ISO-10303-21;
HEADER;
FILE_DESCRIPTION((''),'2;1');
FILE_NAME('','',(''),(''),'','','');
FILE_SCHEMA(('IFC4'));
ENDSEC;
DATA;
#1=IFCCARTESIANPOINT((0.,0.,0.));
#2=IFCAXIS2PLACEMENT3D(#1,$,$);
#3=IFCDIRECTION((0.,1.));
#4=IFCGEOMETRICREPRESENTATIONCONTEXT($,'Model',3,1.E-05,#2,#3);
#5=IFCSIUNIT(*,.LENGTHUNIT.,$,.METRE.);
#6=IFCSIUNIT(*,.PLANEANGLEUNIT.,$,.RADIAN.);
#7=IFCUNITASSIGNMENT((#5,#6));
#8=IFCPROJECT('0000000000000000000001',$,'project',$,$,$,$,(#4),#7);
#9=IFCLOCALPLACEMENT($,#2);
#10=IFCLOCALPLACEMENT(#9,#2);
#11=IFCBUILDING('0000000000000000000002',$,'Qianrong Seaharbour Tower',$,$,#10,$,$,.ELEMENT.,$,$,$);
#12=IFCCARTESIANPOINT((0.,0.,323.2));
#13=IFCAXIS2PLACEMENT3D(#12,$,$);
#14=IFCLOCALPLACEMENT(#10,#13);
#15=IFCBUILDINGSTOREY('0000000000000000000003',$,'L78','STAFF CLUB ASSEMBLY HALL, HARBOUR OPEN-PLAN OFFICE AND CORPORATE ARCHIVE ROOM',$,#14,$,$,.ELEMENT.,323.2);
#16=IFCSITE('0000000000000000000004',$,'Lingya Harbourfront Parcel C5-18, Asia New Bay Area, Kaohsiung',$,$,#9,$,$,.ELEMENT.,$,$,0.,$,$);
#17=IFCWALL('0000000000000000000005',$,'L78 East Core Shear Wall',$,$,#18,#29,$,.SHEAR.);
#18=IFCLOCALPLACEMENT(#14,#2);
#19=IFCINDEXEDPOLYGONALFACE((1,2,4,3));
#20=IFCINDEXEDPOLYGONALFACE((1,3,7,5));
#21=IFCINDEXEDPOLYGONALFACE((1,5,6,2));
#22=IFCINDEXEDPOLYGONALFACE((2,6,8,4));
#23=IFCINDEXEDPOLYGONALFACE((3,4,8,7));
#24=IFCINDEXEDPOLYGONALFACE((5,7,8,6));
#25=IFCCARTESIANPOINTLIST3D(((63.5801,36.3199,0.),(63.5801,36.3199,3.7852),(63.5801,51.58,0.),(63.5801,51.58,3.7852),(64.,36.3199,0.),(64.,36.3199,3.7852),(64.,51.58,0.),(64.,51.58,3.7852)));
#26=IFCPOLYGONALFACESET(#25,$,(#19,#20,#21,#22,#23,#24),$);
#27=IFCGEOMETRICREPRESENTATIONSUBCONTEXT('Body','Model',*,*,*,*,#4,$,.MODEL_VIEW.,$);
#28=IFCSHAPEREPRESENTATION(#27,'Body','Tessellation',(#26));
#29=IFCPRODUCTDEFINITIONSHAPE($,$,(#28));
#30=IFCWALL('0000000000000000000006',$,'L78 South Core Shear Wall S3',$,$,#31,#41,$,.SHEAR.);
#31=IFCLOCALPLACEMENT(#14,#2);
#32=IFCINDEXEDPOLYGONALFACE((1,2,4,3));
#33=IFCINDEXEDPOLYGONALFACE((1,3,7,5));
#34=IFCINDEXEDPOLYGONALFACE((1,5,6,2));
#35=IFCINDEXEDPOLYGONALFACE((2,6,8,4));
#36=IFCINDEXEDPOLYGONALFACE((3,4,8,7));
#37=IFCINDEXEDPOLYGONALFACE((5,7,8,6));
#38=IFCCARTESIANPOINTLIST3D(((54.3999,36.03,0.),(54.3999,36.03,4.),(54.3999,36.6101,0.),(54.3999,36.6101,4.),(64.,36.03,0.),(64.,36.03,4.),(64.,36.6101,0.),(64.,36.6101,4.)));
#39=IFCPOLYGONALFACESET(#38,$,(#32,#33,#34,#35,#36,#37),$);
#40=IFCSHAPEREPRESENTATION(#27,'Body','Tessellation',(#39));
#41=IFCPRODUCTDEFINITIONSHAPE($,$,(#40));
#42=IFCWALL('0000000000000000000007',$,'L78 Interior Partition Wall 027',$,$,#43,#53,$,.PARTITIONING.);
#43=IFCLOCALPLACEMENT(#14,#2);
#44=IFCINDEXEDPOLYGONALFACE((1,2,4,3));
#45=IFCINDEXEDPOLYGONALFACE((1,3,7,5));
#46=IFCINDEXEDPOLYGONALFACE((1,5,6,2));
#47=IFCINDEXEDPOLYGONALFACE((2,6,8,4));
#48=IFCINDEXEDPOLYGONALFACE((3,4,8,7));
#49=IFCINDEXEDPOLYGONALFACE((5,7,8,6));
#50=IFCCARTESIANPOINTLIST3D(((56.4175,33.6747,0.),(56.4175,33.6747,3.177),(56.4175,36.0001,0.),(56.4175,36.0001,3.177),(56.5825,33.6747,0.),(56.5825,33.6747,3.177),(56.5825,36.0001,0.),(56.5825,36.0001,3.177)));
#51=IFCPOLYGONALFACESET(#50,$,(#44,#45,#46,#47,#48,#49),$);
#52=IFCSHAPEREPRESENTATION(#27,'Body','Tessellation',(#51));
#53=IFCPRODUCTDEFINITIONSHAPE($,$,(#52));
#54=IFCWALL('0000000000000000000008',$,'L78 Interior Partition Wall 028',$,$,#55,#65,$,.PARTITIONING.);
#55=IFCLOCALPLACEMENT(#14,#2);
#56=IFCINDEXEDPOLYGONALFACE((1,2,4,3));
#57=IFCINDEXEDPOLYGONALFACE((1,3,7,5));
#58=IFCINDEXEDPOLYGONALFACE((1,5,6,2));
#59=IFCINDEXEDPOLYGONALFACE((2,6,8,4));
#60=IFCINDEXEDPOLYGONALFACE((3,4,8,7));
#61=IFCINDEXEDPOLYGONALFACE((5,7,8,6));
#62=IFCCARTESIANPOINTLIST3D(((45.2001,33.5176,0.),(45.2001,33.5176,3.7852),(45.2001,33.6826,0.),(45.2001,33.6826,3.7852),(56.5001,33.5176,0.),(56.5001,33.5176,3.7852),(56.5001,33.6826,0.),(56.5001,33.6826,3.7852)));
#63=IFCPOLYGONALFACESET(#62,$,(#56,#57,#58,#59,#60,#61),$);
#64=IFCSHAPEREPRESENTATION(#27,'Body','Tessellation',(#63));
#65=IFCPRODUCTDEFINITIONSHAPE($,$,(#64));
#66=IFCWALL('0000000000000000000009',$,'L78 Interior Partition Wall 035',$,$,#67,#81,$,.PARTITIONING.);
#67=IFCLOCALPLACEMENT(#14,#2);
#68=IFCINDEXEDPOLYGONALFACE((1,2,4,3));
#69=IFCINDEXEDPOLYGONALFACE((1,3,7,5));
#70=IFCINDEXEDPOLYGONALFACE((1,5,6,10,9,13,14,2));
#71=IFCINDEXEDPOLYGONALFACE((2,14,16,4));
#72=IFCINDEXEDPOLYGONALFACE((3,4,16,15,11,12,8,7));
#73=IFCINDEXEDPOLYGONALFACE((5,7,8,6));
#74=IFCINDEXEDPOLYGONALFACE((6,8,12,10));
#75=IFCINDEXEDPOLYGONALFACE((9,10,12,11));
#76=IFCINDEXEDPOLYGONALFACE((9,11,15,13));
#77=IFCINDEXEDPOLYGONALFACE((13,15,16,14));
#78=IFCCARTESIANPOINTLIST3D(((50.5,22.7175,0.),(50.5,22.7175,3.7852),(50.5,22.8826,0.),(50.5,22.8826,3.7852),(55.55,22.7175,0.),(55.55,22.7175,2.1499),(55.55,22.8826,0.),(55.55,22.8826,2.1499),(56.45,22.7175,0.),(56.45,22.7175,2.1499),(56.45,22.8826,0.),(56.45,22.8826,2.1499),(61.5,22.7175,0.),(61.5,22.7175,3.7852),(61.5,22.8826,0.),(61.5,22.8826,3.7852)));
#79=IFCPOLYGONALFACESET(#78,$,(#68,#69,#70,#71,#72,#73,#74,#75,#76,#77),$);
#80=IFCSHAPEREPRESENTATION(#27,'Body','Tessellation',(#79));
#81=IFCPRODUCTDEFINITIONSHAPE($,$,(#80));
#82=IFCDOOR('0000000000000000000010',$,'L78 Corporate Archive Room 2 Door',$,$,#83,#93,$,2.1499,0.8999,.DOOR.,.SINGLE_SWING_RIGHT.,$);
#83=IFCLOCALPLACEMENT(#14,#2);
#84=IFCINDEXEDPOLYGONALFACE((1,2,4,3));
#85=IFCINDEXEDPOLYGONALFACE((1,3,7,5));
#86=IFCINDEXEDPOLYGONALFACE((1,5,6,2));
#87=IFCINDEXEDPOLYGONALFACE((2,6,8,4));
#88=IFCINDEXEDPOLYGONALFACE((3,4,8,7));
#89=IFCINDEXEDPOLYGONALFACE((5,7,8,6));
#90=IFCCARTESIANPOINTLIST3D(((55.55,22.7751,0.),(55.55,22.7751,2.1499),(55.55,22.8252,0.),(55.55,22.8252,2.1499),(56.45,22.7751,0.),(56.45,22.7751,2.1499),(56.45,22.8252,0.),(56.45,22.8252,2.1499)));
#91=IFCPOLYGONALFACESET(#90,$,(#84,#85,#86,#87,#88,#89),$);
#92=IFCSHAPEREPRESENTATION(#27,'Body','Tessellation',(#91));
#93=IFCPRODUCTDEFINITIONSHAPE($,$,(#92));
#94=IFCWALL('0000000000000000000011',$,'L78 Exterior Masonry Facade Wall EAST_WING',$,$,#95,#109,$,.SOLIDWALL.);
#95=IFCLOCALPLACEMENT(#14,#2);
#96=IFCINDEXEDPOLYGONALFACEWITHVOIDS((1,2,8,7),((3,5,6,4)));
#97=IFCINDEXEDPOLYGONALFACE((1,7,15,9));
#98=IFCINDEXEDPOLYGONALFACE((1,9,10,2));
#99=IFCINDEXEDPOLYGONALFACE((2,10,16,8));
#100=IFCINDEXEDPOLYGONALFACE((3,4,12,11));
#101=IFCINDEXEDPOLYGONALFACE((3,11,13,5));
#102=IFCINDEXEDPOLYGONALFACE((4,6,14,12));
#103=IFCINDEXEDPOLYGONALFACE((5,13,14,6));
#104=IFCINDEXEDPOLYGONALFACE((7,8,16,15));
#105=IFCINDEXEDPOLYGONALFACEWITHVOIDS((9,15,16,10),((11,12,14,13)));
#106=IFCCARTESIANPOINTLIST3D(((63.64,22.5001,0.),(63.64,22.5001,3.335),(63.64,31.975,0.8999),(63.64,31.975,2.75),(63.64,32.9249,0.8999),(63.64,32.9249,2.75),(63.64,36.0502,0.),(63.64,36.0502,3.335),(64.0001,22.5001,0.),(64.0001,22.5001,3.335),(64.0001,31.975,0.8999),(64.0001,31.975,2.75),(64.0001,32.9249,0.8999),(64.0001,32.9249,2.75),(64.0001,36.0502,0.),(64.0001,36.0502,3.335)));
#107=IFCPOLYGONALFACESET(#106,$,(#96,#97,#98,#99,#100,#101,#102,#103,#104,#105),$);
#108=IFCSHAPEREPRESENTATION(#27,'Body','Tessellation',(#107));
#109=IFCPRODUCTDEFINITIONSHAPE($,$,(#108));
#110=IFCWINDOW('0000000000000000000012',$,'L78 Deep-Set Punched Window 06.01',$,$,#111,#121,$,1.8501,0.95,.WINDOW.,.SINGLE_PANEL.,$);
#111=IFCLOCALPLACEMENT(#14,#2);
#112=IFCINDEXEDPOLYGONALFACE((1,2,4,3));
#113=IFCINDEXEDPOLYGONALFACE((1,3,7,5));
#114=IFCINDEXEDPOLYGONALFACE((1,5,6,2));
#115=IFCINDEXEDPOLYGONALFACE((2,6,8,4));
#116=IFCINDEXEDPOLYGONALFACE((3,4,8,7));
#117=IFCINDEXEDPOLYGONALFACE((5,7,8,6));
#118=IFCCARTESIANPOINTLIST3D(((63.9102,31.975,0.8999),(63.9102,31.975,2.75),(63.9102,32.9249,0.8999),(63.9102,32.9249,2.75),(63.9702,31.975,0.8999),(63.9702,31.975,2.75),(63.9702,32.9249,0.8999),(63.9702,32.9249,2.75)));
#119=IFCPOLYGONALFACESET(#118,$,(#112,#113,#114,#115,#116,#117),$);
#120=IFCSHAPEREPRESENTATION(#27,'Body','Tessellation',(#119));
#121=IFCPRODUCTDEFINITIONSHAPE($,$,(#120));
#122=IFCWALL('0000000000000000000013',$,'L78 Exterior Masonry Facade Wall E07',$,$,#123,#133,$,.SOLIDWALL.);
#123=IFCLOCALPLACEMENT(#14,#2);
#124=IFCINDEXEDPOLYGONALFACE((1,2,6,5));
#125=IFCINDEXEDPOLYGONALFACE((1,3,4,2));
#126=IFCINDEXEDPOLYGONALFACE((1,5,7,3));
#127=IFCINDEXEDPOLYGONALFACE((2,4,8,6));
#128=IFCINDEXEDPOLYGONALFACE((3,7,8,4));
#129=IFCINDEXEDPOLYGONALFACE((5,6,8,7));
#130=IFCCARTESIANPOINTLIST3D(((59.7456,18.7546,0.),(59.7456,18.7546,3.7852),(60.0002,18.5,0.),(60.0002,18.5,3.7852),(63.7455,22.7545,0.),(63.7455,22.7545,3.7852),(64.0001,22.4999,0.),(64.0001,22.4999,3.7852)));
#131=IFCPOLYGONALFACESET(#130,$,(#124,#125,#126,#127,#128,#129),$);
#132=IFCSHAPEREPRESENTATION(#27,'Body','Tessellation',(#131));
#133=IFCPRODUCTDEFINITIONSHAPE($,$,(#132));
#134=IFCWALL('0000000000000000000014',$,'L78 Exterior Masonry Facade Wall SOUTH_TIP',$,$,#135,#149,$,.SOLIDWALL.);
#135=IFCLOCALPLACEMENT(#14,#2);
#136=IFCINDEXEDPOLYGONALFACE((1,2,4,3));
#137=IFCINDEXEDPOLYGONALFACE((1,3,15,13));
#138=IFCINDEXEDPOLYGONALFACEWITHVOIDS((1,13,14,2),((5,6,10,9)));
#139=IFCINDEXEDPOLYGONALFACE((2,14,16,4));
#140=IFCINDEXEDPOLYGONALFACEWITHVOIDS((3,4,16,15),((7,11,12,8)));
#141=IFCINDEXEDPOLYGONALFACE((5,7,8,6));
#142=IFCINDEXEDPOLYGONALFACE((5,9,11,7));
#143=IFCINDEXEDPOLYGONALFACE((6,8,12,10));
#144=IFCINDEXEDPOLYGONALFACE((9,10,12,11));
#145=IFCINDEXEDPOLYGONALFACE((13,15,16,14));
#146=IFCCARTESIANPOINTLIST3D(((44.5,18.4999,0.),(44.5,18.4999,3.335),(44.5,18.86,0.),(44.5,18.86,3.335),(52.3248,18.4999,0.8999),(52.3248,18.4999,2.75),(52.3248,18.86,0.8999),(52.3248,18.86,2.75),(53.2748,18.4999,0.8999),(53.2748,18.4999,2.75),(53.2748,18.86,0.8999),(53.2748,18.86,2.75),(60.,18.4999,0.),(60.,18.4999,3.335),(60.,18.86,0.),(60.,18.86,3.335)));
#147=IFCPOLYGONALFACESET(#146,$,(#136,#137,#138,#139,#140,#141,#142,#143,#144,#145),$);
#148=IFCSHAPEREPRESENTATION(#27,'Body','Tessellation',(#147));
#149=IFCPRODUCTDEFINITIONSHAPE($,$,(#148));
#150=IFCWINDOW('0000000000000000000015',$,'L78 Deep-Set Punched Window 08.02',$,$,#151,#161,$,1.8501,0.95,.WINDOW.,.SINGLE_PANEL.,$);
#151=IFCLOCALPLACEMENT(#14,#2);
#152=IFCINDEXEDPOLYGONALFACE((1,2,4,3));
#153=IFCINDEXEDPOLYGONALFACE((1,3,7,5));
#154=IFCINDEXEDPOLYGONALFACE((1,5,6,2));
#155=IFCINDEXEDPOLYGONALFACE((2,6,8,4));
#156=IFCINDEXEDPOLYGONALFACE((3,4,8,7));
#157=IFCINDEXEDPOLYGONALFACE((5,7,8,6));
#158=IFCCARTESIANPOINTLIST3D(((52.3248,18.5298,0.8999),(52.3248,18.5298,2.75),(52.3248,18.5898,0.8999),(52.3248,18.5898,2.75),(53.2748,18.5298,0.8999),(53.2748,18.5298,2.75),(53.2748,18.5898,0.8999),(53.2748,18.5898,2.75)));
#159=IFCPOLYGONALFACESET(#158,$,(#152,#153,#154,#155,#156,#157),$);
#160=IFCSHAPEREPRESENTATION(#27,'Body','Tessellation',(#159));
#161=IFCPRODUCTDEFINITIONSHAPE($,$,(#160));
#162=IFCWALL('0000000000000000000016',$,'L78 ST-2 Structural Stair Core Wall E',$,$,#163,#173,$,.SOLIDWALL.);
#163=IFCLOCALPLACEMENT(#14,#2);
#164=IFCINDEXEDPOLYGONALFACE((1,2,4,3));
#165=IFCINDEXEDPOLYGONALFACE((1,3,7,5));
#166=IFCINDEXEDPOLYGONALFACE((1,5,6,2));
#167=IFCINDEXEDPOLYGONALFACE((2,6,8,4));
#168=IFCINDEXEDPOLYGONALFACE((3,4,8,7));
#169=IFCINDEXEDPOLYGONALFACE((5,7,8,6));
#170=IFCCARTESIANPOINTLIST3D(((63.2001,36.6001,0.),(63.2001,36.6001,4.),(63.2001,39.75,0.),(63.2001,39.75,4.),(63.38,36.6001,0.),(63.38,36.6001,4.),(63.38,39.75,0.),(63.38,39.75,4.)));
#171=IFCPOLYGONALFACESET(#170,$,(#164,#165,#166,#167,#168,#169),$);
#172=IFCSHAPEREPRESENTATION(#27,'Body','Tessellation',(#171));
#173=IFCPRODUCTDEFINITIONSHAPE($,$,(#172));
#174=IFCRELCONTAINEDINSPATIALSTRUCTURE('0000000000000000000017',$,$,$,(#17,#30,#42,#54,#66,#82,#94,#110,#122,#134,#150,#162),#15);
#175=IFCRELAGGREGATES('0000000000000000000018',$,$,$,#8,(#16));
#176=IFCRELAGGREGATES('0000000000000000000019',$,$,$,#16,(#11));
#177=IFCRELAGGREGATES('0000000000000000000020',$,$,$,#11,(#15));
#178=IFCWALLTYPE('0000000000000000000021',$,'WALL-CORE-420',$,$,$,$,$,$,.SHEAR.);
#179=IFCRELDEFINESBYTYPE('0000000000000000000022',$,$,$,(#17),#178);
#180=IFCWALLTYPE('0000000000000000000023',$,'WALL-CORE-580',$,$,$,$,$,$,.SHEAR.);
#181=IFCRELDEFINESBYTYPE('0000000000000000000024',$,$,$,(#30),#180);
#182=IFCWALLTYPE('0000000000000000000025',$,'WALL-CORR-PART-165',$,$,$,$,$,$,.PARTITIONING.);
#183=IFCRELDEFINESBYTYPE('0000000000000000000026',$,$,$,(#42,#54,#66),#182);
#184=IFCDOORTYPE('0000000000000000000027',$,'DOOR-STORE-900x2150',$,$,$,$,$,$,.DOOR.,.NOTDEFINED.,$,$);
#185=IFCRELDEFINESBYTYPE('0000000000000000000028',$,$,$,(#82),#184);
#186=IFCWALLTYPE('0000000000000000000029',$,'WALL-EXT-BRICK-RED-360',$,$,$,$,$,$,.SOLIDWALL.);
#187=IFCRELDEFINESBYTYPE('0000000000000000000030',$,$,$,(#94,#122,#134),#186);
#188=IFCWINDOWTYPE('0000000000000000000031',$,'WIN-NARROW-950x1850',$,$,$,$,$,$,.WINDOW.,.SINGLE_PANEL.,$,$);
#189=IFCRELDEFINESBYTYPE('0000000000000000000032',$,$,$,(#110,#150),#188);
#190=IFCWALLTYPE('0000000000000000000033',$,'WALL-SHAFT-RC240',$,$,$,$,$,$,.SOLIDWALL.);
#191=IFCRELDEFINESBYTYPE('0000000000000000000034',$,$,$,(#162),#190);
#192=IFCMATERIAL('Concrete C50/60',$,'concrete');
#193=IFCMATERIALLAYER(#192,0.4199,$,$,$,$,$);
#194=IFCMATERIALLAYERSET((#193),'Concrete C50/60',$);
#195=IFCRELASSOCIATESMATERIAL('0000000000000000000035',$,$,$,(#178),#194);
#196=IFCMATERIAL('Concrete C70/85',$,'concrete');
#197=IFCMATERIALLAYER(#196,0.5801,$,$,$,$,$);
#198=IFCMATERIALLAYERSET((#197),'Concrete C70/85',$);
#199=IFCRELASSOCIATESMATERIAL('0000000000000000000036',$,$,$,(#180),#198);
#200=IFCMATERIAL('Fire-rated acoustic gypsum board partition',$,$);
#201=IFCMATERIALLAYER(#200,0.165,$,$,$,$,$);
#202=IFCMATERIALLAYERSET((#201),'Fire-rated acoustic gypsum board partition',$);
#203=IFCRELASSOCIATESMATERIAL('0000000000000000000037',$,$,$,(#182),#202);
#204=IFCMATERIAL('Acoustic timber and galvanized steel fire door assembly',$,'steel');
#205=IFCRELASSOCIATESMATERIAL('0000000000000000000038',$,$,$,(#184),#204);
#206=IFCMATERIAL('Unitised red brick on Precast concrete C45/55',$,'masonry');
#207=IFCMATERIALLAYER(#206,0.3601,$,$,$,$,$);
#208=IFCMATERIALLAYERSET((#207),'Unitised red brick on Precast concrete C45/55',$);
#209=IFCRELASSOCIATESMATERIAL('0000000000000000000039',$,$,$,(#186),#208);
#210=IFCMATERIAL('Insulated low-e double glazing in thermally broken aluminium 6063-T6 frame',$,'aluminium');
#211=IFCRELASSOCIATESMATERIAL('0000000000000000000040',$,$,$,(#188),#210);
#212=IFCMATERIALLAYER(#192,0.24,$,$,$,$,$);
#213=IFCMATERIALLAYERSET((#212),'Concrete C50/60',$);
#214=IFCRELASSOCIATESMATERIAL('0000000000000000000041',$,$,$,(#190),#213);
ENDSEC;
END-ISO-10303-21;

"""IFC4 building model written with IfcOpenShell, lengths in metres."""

from ifc_helpers import new_model, si_unit, direction, frame, frame_2d, origin, place, context, subcontext, project, spatial, rectangle, extrude, material, layer, layer_set, type_object, element, fill, save


model = new_model("IFC4")

# Units and contexts
model_context = context("Model", 3, precision=1e-05, world=origin(), true_north=direction((0.0, 1.0)))
body_context = subcontext(model_context, "Body", "Model", "MODEL_VIEW")
ifc_project = project(units=[si_unit("LENGTHUNIT", "METRE"), si_unit("PLANEANGLEUNIT", "RADIAN")], contexts=[model_context])

# Site, building, storey
site_placement = place(None, origin())
site = spatial("IfcSite", under=ifc_project, at=site_placement, Name="Lingya Harbourfront Parcel C5-18, Asia New Bay Area, Kaohsiung", CompositionType="ELEMENT", RefElevation=0.0)
building_placement = place(site_placement, origin())
building = spatial("IfcBuilding", under=site, at=building_placement, Name="Qianrong Seaharbour Tower", CompositionType="ELEMENT")
storey_placement = place(building_placement, frame((0.0, 0.0, 323.2)))
storey = spatial("IfcBuildingStorey", under=building, at=storey_placement, Name="L78", Description="STAFF CLUB ASSEMBLY HALL, HARBOUR OPEN-PLAN OFFICE AND CORPORATE ARCHIVE ROOM", CompositionType="ELEMENT", Elevation=323.2)

# Shared definitions
ifc_material_1 = material(Name="Concrete C50/60", Category="concrete")

# Walls
ifc_layer_1 = layer(ifc_material_1, 0.4199)
ifc_layer_set_1 = layer_set([ifc_layer_1], Name="Concrete C50/60")
wall_type_1 = type_object("IfcWallType", Name="WALL-CORE-420", PredefinedType="SHEAR", material=ifc_layer_set_1)
wall_1_placement = place(storey_placement, frame((63.79, 36.3201, 0.0), z_axis=(0.0, 0.0, 1.0), x_axis=(0.0, 1.0, 0.0)))
element("IfcWall", 1, at=wall_1_placement, inside=storey, type_object=wall_type_1, Name="L78 East Core Shear Wall", PredefinedType="SHEAR", context=body_context, shape_type="SweptSolid", body=[
    extrude(rectangle(XDim=15.26, YDim=0.4199, at=frame_2d((7.6299, 0.0))), origin(), (0.0, 0.0, 1.0), 3.7852),
])
ifc_material_2 = material(Name="Concrete C70/85", Category="concrete")
ifc_layer_2 = layer(ifc_material_2, 0.5801)
ifc_layer_set_2 = layer_set([ifc_layer_2], Name="Concrete C70/85")
wall_type_2 = type_object("IfcWallType", Name="WALL-CORE-580", PredefinedType="SHEAR", material=ifc_layer_set_2)
wall_2_placement = place(storey_placement, frame((54.3999, 36.3201, 0.0), z_axis=(0.0, 0.0, 1.0), x_axis=(1.0, 0.0, 0.0)))
element("IfcWall", 2, at=wall_2_placement, inside=storey, type_object=wall_type_2, Name="L78 South Core Shear Wall S3", PredefinedType="SHEAR", context=body_context, shape_type="SweptSolid", body=[
    extrude(rectangle(XDim=9.6001, YDim=0.5801, at=frame_2d((4.8, 0.0))), origin(), (0.0, 0.0, 1.0), 4.0),
])
ifc_material_3 = material(Name="Fire-rated acoustic gypsum board partition")
ifc_layer_3 = layer(ifc_material_3, 0.165)
ifc_layer_set_3 = layer_set([ifc_layer_3], Name="Fire-rated acoustic gypsum board partition")
wall_type_3 = type_object("IfcWallType", Name="WALL-CORR-PART-165", PredefinedType="PARTITIONING", material=ifc_layer_set_3)
wall_3_placement = place(storey_placement, frame((56.5, 36.0, 0.0), z_axis=(0.0, 0.0, 1.0), x_axis=(0.0, -1.0, 0.0)))
element("IfcWall", 3, at=wall_3_placement, inside=storey, type_object=wall_type_3, Name="L78 Interior Partition Wall 027", PredefinedType="PARTITIONING", context=body_context, shape_type="SweptSolid", body=[
    extrude(rectangle(XDim=2.3254, YDim=0.165, at=frame_2d((1.1626, 0.0))), origin(), (0.0, 0.0, 1.0), 3.177),
])
wall_4_placement = place(storey_placement, frame((56.5, 33.6001, 0.0), z_axis=(0.0, 0.0, 1.0), x_axis=(-1.0, 0.0, 0.0)))
element("IfcWall", 4, at=wall_4_placement, inside=storey, type_object=wall_type_3, Name="L78 Interior Partition Wall 028", PredefinedType="PARTITIONING", context=body_context, shape_type="SweptSolid", body=[
    extrude(rectangle(XDim=11.3, YDim=0.165, at=frame_2d((5.6499, 0.0))), origin(), (0.0, 0.0, 1.0), 3.7852),
])

# Wall, opening, door
wall_5_placement = place(storey_placement, frame((61.5, 22.8, 0.0), z_axis=(0.0, 0.0, 1.0), x_axis=(-1.0, 0.0, 0.0)))
wall_5 = element("IfcWall", 5, at=wall_5_placement, inside=storey, type_object=wall_type_3, Name="L78 Interior Partition Wall 035", PredefinedType="PARTITIONING", context=body_context, shape_type="SweptSolid", body=[
    extrude(rectangle(XDim=11.0, YDim=0.165, at=frame_2d((5.5, 0.0))), origin(), (0.0, 0.0, 1.0), 3.7852),
])
opening_1_placement = place(wall_5_placement, frame((5.05, 0.0, 0.0)))
opening_1 = element("IfcOpeningElement", 6, at=opening_1_placement, cuts=wall_5, PredefinedType="OPENING", context=body_context, shape_type="SweptSolid", body=[
    extrude(rectangle(XDim=0.8999, YDim=2.1499, at=frame_2d((0.45, 1.075))), frame((0.0, 0.0925, 0.0), z_axis=(0.0, -1.0, 0.0), x_axis=(1.0, 0.0, 0.0)), (0.0, 0.0, 1.0), 0.1851),
])
ifc_material_4 = material(Name="Acoustic timber and galvanized steel fire door assembly", Category="steel")
door_type = type_object("IfcDoorType", Name="DOOR-STORE-900x2150", OperationType="NOTDEFINED", PredefinedType="DOOR", material=ifc_material_4)
door_placement = place(opening_1_placement, origin())
door = element("IfcDoor", 7, at=door_placement, inside=storey, type_object=door_type, Name="L78 Corporate Archive Room 2 Door", OperationType="SINGLE_SWING_RIGHT", OverallHeight=2.1499, OverallWidth=0.8999, PredefinedType="DOOR", context=body_context, shape_type="SweptSolid", body=[
    extrude(rectangle(XDim=0.8999, YDim=2.1499, at=frame_2d((0.45, 1.075))), frame((0.0, 0.0249, 0.0), z_axis=(0.0, -1.0, 0.0), x_axis=(1.0, 0.0, 0.0)), (0.0, 0.0, 1.0), 0.05),
])
fill(opening_1, door)

# Wall, opening, window
ifc_material_5 = material(Name="Unitised red brick on Precast concrete C45/55", Category="masonry")
ifc_layer_4 = layer(ifc_material_5, 0.3601)
ifc_layer_set_4 = layer_set([ifc_layer_4], Name="Unitised red brick on Precast concrete C45/55")
wall_type_4 = type_object("IfcWallType", Name="WALL-EXT-BRICK-RED-360", PredefinedType="SOLIDWALL", material=ifc_layer_set_4)
wall_6_placement = place(storey_placement, frame((63.8201, 36.05, 0.0), z_axis=(0.0, 0.0, 1.0), x_axis=(0.0, -1.0, 0.0)))
wall_6 = element("IfcWall", 8, at=wall_6_placement, inside=storey, type_object=wall_type_4, Name="L78 Exterior Masonry Facade Wall EAST_WING", PredefinedType="SOLIDWALL", context=body_context, shape_type="SweptSolid", body=[
    extrude(rectangle(XDim=13.55, YDim=0.3601, at=frame_2d((6.7749, 0.0))), origin(), (0.0, 0.0, 1.0), 3.335),
])
opening_2_placement = place(wall_6_placement, frame((3.125, 0.0, 0.8999)))
opening_2 = element("IfcOpeningElement", 9, at=opening_2_placement, cuts=wall_6, PredefinedType="OPENING", context=body_context, shape_type="SweptSolid", body=[
    extrude(rectangle(XDim=0.95, YDim=1.8501, at=frame_2d((0.4751, 0.925))), frame((0.0, 0.1899, 0.0), z_axis=(0.0, -1.0, 0.0), x_axis=(1.0, 0.0, 0.0)), (0.0, 0.0, 1.0), 0.3801),
])
ifc_material_6 = material(Name="Insulated low-e double glazing in thermally broken aluminium 6063-T6 frame", Category="aluminium")
window_type = type_object("IfcWindowType", Name="WIN-NARROW-950x1850", PartitioningType="SINGLE_PANEL", PredefinedType="WINDOW", material=ifc_material_6)
window_1_placement = place(opening_2_placement, origin())
window_1 = element("IfcWindow", 10, at=window_1_placement, inside=storey, type_object=window_type, Name="L78 Deep-Set Punched Window 06.01", OverallHeight=1.8501, OverallWidth=0.95, PartitioningType="SINGLE_PANEL", PredefinedType="WINDOW", context=body_context, shape_type="SweptSolid", body=[
    extrude(rectangle(XDim=0.95, YDim=1.8501, at=frame_2d((0.4751, 0.925))), frame((0.0, 0.1501, 0.0), z_axis=(0.0, -1.0, 0.0), x_axis=(1.0, 0.0, 0.0)), (0.0, 0.0, 1.0), 0.0601),
])
fill(opening_2, window_1)

# Wall
wall_7_placement = place(storey_placement, frame((63.8728, 22.6272, 0.0), z_axis=(0.0, 0.0, 1.0), x_axis=(-0.707107, -0.707107, 0.0)))
element("IfcWall", 11, at=wall_7_placement, inside=storey, type_object=wall_type_4, Name="L78 Exterior Masonry Facade Wall E07", PredefinedType="SOLIDWALL", context=body_context, shape_type="SweptSolid", body=[
    extrude(rectangle(XDim=5.6567, YDim=0.3601, at=frame_2d((2.8284, 0.0))), origin(), (0.0, 0.0, 1.0), 3.7852),
])

# Wall, opening, window
wall_8_placement = place(storey_placement, frame((60.0, 18.6799, 0.0), z_axis=(0.0, 0.0, 1.0), x_axis=(-1.0, 0.0, 0.0)))
wall_8 = element("IfcWall", 12, at=wall_8_placement, inside=storey, type_object=wall_type_4, Name="L78 Exterior Masonry Facade Wall SOUTH_TIP", PredefinedType="SOLIDWALL", context=body_context, shape_type="SweptSolid", body=[
    extrude(rectangle(XDim=15.5, YDim=0.3601, at=frame_2d((7.75, 0.0))), origin(), (0.0, 0.0, 1.0), 3.335),
])
opening_3_placement = place(wall_8_placement, frame((6.7251, 0.0, 0.8999)))
opening_3 = element("IfcOpeningElement", 13, at=opening_3_placement, cuts=wall_8, PredefinedType="OPENING", context=body_context, shape_type="SweptSolid", body=[
    extrude(rectangle(XDim=0.95, YDim=1.8501, at=frame_2d((0.4751, 0.925))), frame((0.0, 0.1899, 0.0), z_axis=(0.0, -1.0, 0.0), x_axis=(1.0, 0.0, 0.0)), (0.0, 0.0, 1.0), 0.3801),
])
window_2_placement = place(opening_3_placement, origin())
window_2 = element("IfcWindow", 14, at=window_2_placement, inside=storey, type_object=window_type, Name="L78 Deep-Set Punched Window 08.02", OverallHeight=1.8501, OverallWidth=0.95, PartitioningType="SINGLE_PANEL", PredefinedType="WINDOW", context=body_context, shape_type="SweptSolid", body=[
    extrude(rectangle(XDim=0.95, YDim=1.8501, at=frame_2d((0.4751, 0.925))), frame((0.0, 0.1501, 0.0), z_axis=(0.0, -1.0, 0.0), x_axis=(1.0, 0.0, 0.0)), (0.0, 0.0, 1.0), 0.0601),
])
fill(opening_3, window_2)

# Wall
ifc_layer_5 = layer(ifc_material_1, 0.24)
ifc_layer_set_5 = layer_set([ifc_layer_5], Name="Concrete C50/60")
wall_type_5 = type_object("IfcWallType", Name="WALL-SHAFT-RC240", PredefinedType="SOLIDWALL", material=ifc_layer_set_5)
wall_9_placement = place(storey_placement, frame((63.29, 36.6001, 0.0), z_axis=(0.0, 0.0, 1.0), x_axis=(0.0, 1.0, 0.0)))
element("IfcWall", 15, at=wall_9_placement, inside=storey, type_object=wall_type_5, Name="L78 ST-2 Structural Stair Core Wall E", PredefinedType="SOLIDWALL", context=body_context, shape_type="SweptSolid", body=[
    extrude(rectangle(XDim=3.1499, YDim=0.1799, at=frame_2d((1.575, 0.0))), origin(), (0.0, 0.0, 1.0), 4.0),
])

save(model, "model.ifc")
